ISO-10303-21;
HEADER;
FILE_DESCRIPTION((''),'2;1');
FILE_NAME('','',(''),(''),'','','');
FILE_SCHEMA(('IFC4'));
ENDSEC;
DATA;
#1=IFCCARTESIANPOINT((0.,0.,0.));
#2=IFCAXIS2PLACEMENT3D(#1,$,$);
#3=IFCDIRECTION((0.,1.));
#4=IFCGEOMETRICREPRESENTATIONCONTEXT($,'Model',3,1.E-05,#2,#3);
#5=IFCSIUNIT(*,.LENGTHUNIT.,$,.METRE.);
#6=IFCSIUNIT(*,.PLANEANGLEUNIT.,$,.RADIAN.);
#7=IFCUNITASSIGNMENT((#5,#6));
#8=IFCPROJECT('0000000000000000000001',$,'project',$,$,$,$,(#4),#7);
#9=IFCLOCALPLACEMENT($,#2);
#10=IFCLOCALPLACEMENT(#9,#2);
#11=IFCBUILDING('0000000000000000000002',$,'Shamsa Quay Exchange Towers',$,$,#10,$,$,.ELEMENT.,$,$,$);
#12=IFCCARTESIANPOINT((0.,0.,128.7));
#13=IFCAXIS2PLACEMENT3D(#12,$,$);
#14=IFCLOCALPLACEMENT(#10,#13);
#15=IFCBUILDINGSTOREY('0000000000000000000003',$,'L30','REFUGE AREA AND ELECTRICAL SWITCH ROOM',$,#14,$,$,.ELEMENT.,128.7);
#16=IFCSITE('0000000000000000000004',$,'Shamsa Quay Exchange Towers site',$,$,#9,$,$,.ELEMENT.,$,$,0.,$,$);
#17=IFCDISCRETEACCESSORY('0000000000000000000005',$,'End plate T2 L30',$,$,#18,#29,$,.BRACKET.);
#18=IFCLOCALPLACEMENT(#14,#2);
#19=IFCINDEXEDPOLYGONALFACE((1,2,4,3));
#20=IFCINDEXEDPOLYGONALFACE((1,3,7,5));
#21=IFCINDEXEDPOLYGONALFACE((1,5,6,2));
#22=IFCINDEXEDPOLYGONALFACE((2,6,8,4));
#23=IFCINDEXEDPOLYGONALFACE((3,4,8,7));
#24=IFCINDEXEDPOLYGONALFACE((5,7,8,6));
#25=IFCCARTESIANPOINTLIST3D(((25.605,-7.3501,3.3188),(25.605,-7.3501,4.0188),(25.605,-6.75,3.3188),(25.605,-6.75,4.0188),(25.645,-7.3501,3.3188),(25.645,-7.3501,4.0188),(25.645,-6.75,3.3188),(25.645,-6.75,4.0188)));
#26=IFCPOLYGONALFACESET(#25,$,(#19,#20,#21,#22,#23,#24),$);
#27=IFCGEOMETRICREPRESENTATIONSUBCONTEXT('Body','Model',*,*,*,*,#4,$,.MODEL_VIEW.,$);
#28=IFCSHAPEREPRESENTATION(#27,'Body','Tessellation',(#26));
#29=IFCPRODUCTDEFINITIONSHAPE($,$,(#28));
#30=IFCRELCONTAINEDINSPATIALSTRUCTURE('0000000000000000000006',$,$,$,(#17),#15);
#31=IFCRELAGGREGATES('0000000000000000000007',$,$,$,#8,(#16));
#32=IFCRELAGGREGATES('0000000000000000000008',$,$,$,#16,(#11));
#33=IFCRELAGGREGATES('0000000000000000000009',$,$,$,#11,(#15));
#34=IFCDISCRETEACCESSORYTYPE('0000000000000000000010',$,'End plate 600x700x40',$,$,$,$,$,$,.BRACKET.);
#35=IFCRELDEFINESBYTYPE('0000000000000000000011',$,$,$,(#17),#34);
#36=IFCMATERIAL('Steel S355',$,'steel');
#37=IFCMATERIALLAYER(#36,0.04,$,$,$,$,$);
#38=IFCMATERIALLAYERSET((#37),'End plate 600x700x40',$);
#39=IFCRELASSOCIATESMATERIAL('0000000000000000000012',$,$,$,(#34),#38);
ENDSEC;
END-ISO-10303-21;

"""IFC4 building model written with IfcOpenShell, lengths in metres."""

from ifc_helpers import new_model, si_unit, direction, frame, origin, origin_2d, place, context, subcontext, project, spatial, rectangle, extrude, material, layer, layer_set, type_object, element, save


model = new_model("IFC4")

# Units and contexts
model_context = context("Model", 3, precision=1e-05, world=origin(), true_north=direction((0.0, 1.0)))
body_context = subcontext(model_context, "Body", "Model", "MODEL_VIEW")
ifc_project = project(units=[si_unit("LENGTHUNIT", "METRE"), si_unit("PLANEANGLEUNIT", "RADIAN")], contexts=[model_context])

# Site, building, storey
site_placement = place(None, origin())
site = spatial("IfcSite", under=ifc_project, at=site_placement, Name="Shamsa Quay Exchange Towers site", CompositionType="ELEMENT", RefElevation=0.0)
building_placement = place(site_placement, origin())
building = spatial("IfcBuilding", under=site, at=building_placement, Name="Shamsa Quay Exchange Towers", CompositionType="ELEMENT")
storey_placement = place(building_placement, frame((0.0, 0.0, 128.7)))
storey = spatial("IfcBuildingStorey", under=building, at=storey_placement, Name="L30", Description="REFUGE AREA AND ELECTRICAL SWITCH ROOM", CompositionType="ELEMENT", Elevation=128.7)

# Shared definitions
ifc_material_1 = material(Name="Steel S355", Category="steel")

# Discrete accessory
ifc_layer_1 = layer(ifc_material_1, 0.04)
ifc_layer_set_1 = layer_set([ifc_layer_1], Name="End plate 600x700x40")
discrete_accessory_type_1 = type_object("IfcDiscreteAccessoryType", Name="End plate 600x700x40", PredefinedType="BRACKET", material=ifc_layer_set_1)
for number, where, z_axis, x_axis, name in (
    (1, (25.625, -7.05, 3.3188), (0.0, 0.0, 1.0), (0.0, 1.0, 0.0), "End plate T2 L30"),
):
    element("IfcDiscreteAccessory", number, at=place(storey_placement, frame(where, z_axis=z_axis, x_axis=x_axis)), inside=storey, type_object=discrete_accessory_type_1, Name=name, PredefinedType="BRACKET", context=body_context, shape_type="SweptSolid", body=[
        extrude(rectangle(XDim=0.6001, YDim=0.04, at=origin_2d()), origin(), (0.0, 0.0, 1.0), 0.7),
    ])

save(model, "model.ifc")
